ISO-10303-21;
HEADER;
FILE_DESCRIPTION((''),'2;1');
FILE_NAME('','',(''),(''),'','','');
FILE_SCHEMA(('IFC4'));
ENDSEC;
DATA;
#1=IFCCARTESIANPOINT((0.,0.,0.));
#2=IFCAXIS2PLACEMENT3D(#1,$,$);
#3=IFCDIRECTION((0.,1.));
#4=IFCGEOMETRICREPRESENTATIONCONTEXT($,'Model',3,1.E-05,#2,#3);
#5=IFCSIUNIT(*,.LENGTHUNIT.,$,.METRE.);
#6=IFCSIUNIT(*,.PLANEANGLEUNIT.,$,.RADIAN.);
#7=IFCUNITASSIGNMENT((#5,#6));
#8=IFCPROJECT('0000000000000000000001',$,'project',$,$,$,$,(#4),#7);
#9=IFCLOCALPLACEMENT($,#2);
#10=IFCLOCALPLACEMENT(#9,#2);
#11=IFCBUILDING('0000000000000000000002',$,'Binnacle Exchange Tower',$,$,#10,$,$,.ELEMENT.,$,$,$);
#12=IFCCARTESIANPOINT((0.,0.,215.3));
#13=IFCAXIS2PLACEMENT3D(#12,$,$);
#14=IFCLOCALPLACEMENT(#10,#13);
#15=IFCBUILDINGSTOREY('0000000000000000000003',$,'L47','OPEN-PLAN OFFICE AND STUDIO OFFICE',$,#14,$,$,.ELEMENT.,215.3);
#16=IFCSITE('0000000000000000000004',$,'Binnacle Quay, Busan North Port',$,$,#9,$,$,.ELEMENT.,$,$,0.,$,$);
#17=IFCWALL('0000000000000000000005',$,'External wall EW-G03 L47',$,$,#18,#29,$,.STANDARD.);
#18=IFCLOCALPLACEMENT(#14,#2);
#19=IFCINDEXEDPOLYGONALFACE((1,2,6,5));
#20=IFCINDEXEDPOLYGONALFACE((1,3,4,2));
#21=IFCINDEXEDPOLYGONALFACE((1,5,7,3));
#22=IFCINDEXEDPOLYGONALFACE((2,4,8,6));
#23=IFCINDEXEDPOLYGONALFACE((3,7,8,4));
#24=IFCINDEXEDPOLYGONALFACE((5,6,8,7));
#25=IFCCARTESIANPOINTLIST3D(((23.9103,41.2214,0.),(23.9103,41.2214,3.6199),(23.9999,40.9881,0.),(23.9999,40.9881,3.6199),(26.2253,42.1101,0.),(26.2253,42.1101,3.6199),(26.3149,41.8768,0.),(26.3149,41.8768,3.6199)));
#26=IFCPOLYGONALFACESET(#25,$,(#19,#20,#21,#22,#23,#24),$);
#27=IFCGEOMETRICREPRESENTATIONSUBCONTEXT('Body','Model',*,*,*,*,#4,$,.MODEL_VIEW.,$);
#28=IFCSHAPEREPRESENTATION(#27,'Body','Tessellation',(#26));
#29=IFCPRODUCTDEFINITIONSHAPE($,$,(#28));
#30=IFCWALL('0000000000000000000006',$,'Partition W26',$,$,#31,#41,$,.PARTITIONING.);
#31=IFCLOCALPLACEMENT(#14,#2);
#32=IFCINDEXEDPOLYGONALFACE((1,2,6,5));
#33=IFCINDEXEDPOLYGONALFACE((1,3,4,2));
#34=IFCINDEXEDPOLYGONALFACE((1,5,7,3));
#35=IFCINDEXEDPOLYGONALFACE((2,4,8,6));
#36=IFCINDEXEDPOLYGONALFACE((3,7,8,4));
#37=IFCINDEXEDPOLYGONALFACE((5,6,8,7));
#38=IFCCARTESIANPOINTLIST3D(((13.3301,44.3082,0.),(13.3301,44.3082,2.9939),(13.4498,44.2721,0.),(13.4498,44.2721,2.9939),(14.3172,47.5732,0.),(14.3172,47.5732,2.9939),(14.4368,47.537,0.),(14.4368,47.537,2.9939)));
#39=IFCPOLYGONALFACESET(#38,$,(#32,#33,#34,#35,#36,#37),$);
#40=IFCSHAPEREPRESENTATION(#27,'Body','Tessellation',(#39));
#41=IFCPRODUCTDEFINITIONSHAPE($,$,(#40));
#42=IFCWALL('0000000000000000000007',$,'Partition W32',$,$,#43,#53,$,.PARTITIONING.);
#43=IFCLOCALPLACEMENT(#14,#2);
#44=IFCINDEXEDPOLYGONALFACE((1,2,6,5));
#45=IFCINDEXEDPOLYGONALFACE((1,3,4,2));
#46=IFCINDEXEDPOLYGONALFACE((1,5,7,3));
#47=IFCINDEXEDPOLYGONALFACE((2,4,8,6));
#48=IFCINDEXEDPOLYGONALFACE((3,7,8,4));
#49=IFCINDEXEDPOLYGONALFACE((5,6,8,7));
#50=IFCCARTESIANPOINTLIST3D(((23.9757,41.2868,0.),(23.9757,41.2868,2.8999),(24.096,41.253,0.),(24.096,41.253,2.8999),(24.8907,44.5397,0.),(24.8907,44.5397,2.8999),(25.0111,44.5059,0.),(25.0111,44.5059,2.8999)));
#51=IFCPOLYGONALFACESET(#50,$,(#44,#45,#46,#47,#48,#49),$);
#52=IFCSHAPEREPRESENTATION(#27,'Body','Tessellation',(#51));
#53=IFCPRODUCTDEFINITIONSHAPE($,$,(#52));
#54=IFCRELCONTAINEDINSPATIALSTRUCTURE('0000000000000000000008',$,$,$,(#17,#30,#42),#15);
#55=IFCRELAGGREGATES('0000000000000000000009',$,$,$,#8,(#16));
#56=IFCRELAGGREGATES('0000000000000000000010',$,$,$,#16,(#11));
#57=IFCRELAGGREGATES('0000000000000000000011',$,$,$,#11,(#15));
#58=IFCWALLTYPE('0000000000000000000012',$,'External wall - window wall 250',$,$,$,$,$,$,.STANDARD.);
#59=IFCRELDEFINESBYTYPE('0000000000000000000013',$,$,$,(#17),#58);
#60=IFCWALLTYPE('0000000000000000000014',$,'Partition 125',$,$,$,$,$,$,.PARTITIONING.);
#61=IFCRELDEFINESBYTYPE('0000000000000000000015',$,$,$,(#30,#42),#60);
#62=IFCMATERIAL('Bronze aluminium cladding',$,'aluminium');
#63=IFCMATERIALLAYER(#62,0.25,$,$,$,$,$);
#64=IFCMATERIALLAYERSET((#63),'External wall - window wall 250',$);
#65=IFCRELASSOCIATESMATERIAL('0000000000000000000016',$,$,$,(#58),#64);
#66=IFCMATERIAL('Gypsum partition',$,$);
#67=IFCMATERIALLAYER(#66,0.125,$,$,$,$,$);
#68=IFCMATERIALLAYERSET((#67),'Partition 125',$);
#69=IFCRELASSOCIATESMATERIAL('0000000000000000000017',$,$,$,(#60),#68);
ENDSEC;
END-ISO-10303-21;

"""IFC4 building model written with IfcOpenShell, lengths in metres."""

from ifc_helpers import new_model, si_unit, direction, frame, frame_2d, origin, place, context, subcontext, project, spatial, rectangle, extrude, material, layer, layer_set, type_object, element, save


model = new_model("IFC4")

# Units and contexts
model_context = context("Model", 3, precision=1e-05, world=origin(), true_north=direction((0.0, 1.0)))
body_context = subcontext(model_context, "Body", "Model", "MODEL_VIEW")
ifc_project = project(units=[si_unit("LENGTHUNIT", "METRE"), si_unit("PLANEANGLEUNIT", "RADIAN")], contexts=[model_context])

# Site, building, storey
site_placement = place(None, origin())
site = spatial("IfcSite", under=ifc_project, at=site_placement, Name="Binnacle Quay, Busan North Port", CompositionType="ELEMENT", RefElevation=0.0)
building_placement = place(site_placement, origin())
building = spatial("IfcBuilding", under=site, at=building_placement, Name="Binnacle Exchange Tower", CompositionType="ELEMENT")
storey_placement = place(building_placement, frame((0.0, 0.0, 215.3)))
storey = spatial("IfcBuildingStorey", under=building, at=storey_placement, Name="L47", Description="OPEN-PLAN OFFICE AND STUDIO OFFICE", CompositionType="ELEMENT", Elevation=215.3)

# Shared definitions
ifc_material_1 = material(Name="Bronze aluminium cladding", Category="aluminium")
ifc_layer_1 = layer(ifc_material_1, 0.25)
ifc_layer_set_1 = layer_set([ifc_layer_1], Name="External wall - window wall 250")
wall_type_1 = type_object("IfcWallType", Name="External wall - window wall 250", PredefinedType="STANDARD", material=ifc_layer_set_1)

# Walls
wall_1_placement = place(storey_placement, frame((26.27, 41.9934, 0.0), z_axis=(0.0, 0.0, 1.0), x_axis=(-0.933574, -0.358385, 0.0)))
element("IfcWall", 1, at=wall_1_placement, inside=storey, type_object=wall_type_1, Name="External wall EW-G03 L47", PredefinedType="STANDARD", context=body_context, shape_type="SweptSolid", body=[
    extrude(rectangle(XDim=2.4797, YDim=0.25, at=frame_2d((1.2397, 0.0))), origin(), (0.0, 0.0, 1.0), 3.6199),
])
ifc_material_2 = material(Name="Gypsum partition")
ifc_layer_2 = layer(ifc_material_2, 0.125)
ifc_layer_set_2 = layer_set([ifc_layer_2], Name="Partition 125")
wall_type_2 = type_object("IfcWallType", Name="Partition 125", PredefinedType="PARTITIONING", material=ifc_layer_set_2)
wall_2_placement = place(storey_placement, frame((13.3899, 44.29, 0.0), z_axis=(0.0, 0.0, 1.0), x_axis=(0.28939, 0.957211, 0.0)))
element("IfcWall", 2, at=wall_2_placement, inside=storey, type_object=wall_type_2, Name="Partition W26", PredefinedType="PARTITIONING", context=body_context, shape_type="SweptSolid", body=[
    extrude(rectangle(XDim=3.4109, YDim=0.125, at=frame_2d((1.7056, 0.0))), origin(), (0.0, 0.0, 1.0), 2.9939),
])
wall_3_placement = place(storey_placement, frame((24.0359, 41.27, 0.0), z_axis=(0.0, 0.0, 1.0), x_axis=(0.270787, 0.962639, 0.0)))
element("IfcWall", 3, at=wall_3_placement, inside=storey, type_object=wall_type_2, Name="Partition W32", PredefinedType="PARTITIONING", context=body_context, shape_type="SweptSolid", body=[
    extrude(rectangle(XDim=3.3792, YDim=0.125, at=frame_2d((1.6895, 0.0))), origin(), (0.0, 0.0, 1.0), 2.8999),
])

save(model, "model.ifc")
